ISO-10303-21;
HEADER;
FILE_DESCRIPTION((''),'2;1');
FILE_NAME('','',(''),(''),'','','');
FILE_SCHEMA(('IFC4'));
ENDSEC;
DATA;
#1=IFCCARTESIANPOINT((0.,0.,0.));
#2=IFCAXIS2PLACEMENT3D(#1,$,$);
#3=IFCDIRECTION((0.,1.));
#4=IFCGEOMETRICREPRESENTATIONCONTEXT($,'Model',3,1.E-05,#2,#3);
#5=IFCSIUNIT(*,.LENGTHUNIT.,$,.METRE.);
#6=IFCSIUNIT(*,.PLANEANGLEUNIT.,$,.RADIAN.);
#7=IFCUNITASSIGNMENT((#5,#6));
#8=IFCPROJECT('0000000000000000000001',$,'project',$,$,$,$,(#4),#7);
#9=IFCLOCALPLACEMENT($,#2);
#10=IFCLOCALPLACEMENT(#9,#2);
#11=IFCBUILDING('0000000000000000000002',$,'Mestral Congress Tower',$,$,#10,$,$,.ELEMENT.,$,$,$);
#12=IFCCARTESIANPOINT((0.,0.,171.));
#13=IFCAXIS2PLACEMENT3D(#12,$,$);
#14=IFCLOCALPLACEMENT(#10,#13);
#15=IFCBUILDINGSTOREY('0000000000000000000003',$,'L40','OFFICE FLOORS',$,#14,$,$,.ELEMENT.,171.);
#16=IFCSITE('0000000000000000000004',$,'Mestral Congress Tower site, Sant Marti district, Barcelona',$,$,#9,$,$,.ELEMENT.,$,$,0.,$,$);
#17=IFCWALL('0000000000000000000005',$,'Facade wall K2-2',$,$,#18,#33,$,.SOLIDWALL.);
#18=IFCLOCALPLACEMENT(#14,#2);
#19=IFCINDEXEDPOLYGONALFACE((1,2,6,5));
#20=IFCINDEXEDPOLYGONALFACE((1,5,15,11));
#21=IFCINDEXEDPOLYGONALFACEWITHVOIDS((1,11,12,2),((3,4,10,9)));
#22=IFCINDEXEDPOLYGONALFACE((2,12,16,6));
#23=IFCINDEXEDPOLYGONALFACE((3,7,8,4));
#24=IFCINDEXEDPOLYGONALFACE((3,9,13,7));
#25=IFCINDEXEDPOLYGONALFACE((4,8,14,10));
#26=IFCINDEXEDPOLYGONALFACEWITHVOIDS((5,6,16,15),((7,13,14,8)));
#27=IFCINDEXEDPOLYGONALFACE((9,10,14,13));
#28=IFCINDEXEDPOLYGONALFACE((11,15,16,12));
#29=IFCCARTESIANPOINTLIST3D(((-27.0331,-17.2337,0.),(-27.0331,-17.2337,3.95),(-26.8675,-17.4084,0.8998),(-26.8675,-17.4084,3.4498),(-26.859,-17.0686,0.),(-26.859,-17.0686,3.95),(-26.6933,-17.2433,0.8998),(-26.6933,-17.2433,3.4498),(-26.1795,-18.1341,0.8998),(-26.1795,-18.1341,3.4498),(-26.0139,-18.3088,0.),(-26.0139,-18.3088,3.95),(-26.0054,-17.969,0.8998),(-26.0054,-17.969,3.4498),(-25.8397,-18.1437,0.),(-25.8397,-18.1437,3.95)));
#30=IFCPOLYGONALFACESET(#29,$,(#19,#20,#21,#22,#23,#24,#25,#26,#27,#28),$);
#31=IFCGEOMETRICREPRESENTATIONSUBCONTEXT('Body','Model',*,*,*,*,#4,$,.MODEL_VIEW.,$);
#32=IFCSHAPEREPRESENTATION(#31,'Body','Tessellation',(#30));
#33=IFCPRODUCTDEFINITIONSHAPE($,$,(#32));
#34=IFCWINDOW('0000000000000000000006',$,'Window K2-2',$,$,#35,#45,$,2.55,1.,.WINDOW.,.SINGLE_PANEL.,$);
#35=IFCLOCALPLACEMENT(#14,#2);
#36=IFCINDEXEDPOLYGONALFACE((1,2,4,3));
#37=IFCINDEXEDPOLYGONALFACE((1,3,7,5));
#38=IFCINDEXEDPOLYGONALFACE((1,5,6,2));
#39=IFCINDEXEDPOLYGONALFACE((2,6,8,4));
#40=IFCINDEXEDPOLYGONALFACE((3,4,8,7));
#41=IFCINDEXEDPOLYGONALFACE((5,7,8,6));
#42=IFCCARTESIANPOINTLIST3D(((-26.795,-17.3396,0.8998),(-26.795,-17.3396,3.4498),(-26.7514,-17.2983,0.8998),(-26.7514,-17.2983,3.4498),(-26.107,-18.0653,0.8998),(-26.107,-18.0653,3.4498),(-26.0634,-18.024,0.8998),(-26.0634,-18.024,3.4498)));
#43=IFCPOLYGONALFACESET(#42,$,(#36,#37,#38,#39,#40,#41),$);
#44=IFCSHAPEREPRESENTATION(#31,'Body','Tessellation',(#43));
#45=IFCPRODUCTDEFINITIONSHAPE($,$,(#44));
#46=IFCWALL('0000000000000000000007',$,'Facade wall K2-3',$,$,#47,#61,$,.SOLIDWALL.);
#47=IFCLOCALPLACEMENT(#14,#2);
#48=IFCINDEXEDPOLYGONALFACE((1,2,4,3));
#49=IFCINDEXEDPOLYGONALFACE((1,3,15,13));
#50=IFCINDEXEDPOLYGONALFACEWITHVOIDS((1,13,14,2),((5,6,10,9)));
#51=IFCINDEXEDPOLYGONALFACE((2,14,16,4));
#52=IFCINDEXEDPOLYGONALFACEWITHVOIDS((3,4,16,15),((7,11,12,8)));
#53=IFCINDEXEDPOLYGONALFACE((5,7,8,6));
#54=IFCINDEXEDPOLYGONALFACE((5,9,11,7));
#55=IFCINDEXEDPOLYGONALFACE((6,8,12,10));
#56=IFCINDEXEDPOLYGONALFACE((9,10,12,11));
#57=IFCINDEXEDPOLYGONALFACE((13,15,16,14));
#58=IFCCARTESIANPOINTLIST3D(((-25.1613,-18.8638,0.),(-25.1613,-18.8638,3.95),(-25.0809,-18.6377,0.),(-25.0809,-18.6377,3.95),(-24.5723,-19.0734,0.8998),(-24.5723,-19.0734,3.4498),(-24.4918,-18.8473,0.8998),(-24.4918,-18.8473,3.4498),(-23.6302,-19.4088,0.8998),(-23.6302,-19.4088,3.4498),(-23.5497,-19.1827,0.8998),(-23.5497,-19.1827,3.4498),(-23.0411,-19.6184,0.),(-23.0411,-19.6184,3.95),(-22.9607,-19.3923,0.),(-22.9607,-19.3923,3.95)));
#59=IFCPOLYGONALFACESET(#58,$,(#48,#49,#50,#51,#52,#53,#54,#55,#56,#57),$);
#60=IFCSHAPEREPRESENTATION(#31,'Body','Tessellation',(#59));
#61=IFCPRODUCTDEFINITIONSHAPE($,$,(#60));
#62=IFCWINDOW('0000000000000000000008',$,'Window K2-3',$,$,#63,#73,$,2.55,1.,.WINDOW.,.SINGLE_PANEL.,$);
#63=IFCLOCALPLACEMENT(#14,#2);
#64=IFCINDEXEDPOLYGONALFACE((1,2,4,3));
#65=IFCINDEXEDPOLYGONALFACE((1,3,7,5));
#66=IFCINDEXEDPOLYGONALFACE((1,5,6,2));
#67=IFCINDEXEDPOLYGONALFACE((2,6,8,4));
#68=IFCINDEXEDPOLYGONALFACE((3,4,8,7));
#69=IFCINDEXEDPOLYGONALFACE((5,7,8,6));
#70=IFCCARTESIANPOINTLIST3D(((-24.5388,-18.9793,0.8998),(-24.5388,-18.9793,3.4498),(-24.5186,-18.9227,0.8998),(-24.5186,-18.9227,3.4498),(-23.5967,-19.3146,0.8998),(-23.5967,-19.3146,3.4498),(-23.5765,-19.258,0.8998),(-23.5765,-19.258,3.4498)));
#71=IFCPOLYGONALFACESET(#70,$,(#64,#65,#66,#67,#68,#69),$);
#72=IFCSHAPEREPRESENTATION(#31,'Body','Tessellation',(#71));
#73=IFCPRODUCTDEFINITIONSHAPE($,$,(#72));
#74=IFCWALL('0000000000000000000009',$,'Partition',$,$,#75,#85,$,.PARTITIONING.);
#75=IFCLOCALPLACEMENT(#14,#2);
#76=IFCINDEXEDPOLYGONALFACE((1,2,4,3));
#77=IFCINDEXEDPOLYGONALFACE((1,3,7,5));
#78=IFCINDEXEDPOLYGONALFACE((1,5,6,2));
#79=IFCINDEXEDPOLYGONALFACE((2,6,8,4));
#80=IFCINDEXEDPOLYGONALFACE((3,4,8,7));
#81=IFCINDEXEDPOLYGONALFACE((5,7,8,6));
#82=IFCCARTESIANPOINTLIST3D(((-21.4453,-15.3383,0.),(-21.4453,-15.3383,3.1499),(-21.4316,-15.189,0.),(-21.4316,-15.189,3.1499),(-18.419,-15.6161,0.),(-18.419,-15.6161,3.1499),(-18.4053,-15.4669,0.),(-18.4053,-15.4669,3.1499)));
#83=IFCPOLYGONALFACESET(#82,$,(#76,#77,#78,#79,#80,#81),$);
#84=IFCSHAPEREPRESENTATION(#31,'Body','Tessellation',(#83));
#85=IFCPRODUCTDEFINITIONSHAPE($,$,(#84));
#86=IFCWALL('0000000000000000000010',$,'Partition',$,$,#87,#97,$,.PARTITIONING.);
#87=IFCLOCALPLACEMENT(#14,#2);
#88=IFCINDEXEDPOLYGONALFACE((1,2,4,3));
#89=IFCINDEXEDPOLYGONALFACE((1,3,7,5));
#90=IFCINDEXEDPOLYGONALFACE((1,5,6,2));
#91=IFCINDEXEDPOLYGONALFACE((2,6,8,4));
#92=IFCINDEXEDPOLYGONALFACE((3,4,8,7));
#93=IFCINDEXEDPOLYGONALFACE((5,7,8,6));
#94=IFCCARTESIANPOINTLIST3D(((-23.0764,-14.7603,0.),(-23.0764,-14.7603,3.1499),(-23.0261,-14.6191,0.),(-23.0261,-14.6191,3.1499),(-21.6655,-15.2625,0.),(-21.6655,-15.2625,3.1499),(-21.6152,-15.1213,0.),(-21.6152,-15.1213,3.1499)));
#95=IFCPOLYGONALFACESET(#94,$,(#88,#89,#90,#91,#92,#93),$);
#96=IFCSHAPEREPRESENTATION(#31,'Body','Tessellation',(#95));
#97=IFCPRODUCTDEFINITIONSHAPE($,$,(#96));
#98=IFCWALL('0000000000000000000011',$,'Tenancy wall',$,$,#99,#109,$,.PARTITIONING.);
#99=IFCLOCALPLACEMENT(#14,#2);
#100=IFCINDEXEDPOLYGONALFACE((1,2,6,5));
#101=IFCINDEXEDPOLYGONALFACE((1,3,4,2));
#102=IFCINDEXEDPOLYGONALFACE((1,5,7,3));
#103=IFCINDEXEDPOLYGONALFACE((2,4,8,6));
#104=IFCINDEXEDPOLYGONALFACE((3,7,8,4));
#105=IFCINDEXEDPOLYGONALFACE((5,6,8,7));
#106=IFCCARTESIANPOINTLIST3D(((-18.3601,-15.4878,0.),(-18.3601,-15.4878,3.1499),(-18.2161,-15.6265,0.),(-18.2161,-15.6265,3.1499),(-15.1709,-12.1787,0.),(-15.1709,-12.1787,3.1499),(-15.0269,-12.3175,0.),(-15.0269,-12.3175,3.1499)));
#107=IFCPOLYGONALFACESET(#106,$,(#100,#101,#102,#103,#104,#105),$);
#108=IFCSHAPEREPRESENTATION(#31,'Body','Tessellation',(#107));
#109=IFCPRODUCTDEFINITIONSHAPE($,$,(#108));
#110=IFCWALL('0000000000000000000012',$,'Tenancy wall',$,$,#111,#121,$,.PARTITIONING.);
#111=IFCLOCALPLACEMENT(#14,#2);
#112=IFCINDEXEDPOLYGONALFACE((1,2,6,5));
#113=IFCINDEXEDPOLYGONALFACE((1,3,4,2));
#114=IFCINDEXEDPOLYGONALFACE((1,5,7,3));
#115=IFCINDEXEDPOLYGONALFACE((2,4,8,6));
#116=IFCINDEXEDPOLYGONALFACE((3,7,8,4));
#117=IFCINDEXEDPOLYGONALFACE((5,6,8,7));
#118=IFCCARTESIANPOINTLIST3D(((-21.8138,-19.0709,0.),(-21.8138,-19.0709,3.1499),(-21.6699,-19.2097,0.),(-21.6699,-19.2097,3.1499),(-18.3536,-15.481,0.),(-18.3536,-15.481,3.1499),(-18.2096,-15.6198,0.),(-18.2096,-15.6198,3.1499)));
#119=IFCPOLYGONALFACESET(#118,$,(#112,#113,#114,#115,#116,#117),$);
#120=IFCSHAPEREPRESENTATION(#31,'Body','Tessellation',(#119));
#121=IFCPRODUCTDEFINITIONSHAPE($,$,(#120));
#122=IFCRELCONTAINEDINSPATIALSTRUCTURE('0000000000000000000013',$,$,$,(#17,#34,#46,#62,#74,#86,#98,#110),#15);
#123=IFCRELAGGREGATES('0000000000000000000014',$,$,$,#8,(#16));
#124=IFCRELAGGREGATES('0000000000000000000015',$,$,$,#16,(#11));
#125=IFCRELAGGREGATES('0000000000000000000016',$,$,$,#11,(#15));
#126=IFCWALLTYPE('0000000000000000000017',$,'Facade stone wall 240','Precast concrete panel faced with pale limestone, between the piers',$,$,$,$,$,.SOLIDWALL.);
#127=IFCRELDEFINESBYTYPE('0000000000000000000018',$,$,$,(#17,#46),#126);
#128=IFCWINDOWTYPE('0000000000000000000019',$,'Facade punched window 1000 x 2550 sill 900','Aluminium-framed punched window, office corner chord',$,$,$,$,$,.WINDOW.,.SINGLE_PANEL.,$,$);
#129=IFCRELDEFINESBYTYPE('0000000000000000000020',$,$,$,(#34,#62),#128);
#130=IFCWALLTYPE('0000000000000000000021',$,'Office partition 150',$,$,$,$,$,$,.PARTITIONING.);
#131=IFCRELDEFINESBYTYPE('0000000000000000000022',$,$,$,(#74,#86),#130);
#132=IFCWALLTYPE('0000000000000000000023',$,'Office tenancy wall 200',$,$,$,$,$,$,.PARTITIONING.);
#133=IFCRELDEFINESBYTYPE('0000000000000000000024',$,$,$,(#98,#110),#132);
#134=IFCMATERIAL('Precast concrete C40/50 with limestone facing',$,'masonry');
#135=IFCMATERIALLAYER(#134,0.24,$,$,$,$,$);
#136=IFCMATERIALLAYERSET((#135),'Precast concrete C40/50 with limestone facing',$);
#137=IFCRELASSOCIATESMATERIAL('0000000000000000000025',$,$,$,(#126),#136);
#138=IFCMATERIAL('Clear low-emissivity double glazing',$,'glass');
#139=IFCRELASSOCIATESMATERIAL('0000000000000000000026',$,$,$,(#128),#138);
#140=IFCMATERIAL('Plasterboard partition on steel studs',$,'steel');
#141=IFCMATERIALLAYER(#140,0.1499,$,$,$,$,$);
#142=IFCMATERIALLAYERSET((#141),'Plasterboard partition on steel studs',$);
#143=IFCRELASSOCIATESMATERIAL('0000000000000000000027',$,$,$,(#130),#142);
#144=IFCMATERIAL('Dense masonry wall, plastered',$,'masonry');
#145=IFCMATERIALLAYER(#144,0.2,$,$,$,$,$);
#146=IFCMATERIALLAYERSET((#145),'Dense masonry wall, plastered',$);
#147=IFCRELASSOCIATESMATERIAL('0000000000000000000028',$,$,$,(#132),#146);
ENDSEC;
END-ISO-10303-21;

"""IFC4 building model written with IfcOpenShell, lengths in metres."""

from ifc_helpers import new_model, si_unit, direction, frame, frame_2d, origin, place, context, subcontext, project, spatial, rectangle, extrude, material, layer, layer_set, type_object, element, fill, save


model = new_model("IFC4")

# Units and contexts
model_context = context("Model", 3, precision=1e-05, world=origin(), true_north=direction((0.0, 1.0)))
body_context = subcontext(model_context, "Body", "Model", "MODEL_VIEW")
ifc_project = project(units=[si_unit("LENGTHUNIT", "METRE"), si_unit("PLANEANGLEUNIT", "RADIAN")], contexts=[model_context])

# Site, building, storey
site_placement = place(None, origin())
site = spatial("IfcSite", under=ifc_project, at=site_placement, Name="Mestral Congress Tower site, Sant Marti district, Barcelona", CompositionType="ELEMENT", RefElevation=0.0)
building_placement = place(site_placement, origin())
building = spatial("IfcBuilding", under=site, at=building_placement, Name="Mestral Congress Tower", CompositionType="ELEMENT")
storey_placement = place(building_placement, frame((0.0, 0.0, 171.0)))
storey = spatial("IfcBuildingStorey", under=building, at=storey_placement, Name="L40", Description="OFFICE FLOORS", CompositionType="ELEMENT", Elevation=171.0)

# Shared definitions
ifc_material_1 = material(Name="Precast concrete C40/50 with limestone facing", Category="masonry")
ifc_layer_1 = layer(ifc_material_1, 0.24)
ifc_layer_set_1 = layer_set([ifc_layer_1], Name="Precast concrete C40/50 with limestone facing")
wall_type_1 = type_object("IfcWallType", Name="Facade stone wall 240", Description="Precast concrete panel faced with pale limestone, between the piers", PredefinedType="SOLIDWALL", material=ifc_layer_set_1)
ifc_material_2 = material(Name="Clear low-emissivity double glazing", Category="glass")

# Walls, openings, windows
wall_1_placement = place(storey_placement, frame((-26.946, -17.1511, 0.0), z_axis=(0.0, 0.0, 1.0), x_axis=(0.687987, -0.725723, 0.0)))
wall_1 = element("IfcWall", 1, at=wall_1_placement, inside=storey, type_object=wall_type_1, Name="Facade wall K2-2", PredefinedType="SOLIDWALL", context=body_context, shape_type="SweptSolid", body=[
    extrude(rectangle(XDim=1.4814, YDim=0.24, at=frame_2d((0.7407, 0.0))), origin(), (0.0, 0.0, 1.0), 3.95),
])
opening_1_placement = place(wall_1_placement, frame((0.2407, 0.0, 0.8999)))
opening_1 = element("IfcOpeningElement", 2, at=opening_1_placement, cuts=wall_1, PredefinedType="OPENING", context=body_context, shape_type="SweptSolid", body=[
    extrude(rectangle(XDim=1.0, YDim=2.55, at=frame_2d((0.5, 1.2749))), frame((0.0, 0.1299, 0.0), z_axis=(0.0, -1.0, 0.0), x_axis=(1.0, 0.0, 0.0)), (0.0, 0.0, 1.0), 0.26),
])
window_type_1 = type_object("IfcWindowType", Name="Facade punched window 1000 x 2550 sill 900", Description="Aluminium-framed punched window, office corner chord", PartitioningType="SINGLE_PANEL", PredefinedType="WINDOW", material=ifc_material_2)
window_1_placement = place(opening_1_placement, origin())
window_1 = element("IfcWindow", 3, at=window_1_placement, inside=storey, type_object=window_type_1, Name="Window K2-2", OverallHeight=2.55, OverallWidth=1.0, PartitioningType="SINGLE_PANEL", PredefinedType="WINDOW", context=body_context, shape_type="SweptSolid", body=[
    extrude(rectangle(XDim=1.0, YDim=2.55, at=frame_2d((0.5, 1.2749))), frame((0.0, 0.04, 0.0), z_axis=(0.0, -1.0, 0.0), x_axis=(1.0, 0.0, 0.0)), (0.0, 0.0, 1.0), 0.0601),
])
fill(opening_1, window_1)
wall_2_placement = place(storey_placement, frame((-25.1211, -18.7507, 0.0), z_axis=(0.0, 0.0, 1.0), x_axis=(0.9421, -0.335333, 0.0)))
wall_2 = element("IfcWall", 4, at=wall_2_placement, inside=storey, type_object=wall_type_1, Name="Facade wall K2-3", PredefinedType="SOLIDWALL", context=body_context, shape_type="SweptSolid", body=[
    extrude(rectangle(XDim=2.2505, YDim=0.24, at=frame_2d((1.1252, 0.0))), origin(), (0.0, 0.0, 1.0), 3.95),
])
opening_2_placement = place(wall_2_placement, frame((0.6252, 0.0, 0.8999)))
opening_2 = element("IfcOpeningElement", 5, at=opening_2_placement, cuts=wall_2, PredefinedType="OPENING", context=body_context, shape_type="SweptSolid", body=[
    extrude(rectangle(XDim=1.0, YDim=2.55, at=frame_2d((0.5, 1.2749))), frame((0.0, 0.1299, 0.0), z_axis=(0.0, -1.0, 0.0), x_axis=(1.0, 0.0, 0.0)), (0.0, 0.0, 1.0), 0.26),
])
window_2_placement = place(opening_2_placement, origin())
window_2 = element("IfcWindow", 6, at=window_2_placement, inside=storey, type_object=window_type_1, Name="Window K2-3", OverallHeight=2.55, OverallWidth=1.0, PartitioningType="SINGLE_PANEL", PredefinedType="WINDOW", context=body_context, shape_type="SweptSolid", body=[
    extrude(rectangle(XDim=1.0, YDim=2.55, at=frame_2d((0.5, 1.2749))), frame((0.0, 0.04, 0.0), z_axis=(0.0, -1.0, 0.0), x_axis=(1.0, 0.0, 0.0)), (0.0, 0.0, 1.0), 0.0601),
])
fill(opening_2, window_2)

# Walls
ifc_material_3 = material(Name="Plasterboard partition on steel studs", Category="steel")
ifc_layer_2 = layer(ifc_material_3, 0.1499)
ifc_layer_set_2 = layer_set([ifc_layer_2], Name="Plasterboard partition on steel studs")
wall_type_2 = type_object("IfcWallType", Name="Office partition 150", PredefinedType="PARTITIONING", material=ifc_layer_set_2)
wall_3_placement = place(storey_placement, frame((-18.4121, -15.5415, 0.0), z_axis=(0.0, 0.0, 1.0), x_axis=(-0.995812, 0.091419, 0.0)))
element("IfcWall", 7, at=wall_3_placement, inside=storey, type_object=wall_type_2, Name="Partition", PredefinedType="PARTITIONING", context=body_context, shape_type="SweptSolid", body=[
    extrude(rectangle(XDim=3.0391, YDim=0.1499, at=frame_2d((1.5195, 0.0))), origin(), (0.0, 0.0, 1.0), 3.1499),
])
wall_4_placement = place(storey_placement, frame((-21.6404, -15.1919, 0.0), z_axis=(0.0, 0.0, 1.0), x_axis=(-0.942099, 0.335334, 0.0)))
element("IfcWall", 8, at=wall_4_placement, inside=storey, type_object=wall_type_2, Name="Partition", PredefinedType="PARTITIONING", context=body_context, shape_type="SweptSolid", body=[
    extrude(rectangle(XDim=1.4976, YDim=0.1499, at=frame_2d((0.7488, 0.0))), origin(), (0.0, 0.0, 1.0), 3.1499),
])
ifc_material_4 = material(Name="Dense masonry wall, plastered", Category="masonry")
ifc_layer_3 = layer(ifc_material_4, 0.2)
ifc_layer_set_3 = layer_set([ifc_layer_3], Name="Dense masonry wall, plastered")
wall_type_3 = type_object("IfcWallType", Name="Office tenancy wall 200", PredefinedType="PARTITIONING", material=ifc_layer_set_3)
wall_5_placement = place(storey_placement, frame((-18.2881, -15.5571, 0.0), z_axis=(0.0, 0.0, 1.0), x_axis=(0.693945, 0.720028, 0.0)))
element("IfcWall", 9, at=wall_5_placement, inside=storey, type_object=wall_type_3, Name="Tenancy wall", PredefinedType="PARTITIONING", context=body_context, shape_type="SweptSolid", body=[
    extrude(rectangle(XDim=4.5957, YDim=0.2, at=frame_2d((2.2979, 0.0))), origin(), (0.0, 0.0, 1.0), 3.1499),
])
wall_6_placement = place(storey_placement, frame((-21.7419, -19.1404, 0.0), z_axis=(0.0, 0.0, 1.0), x_axis=(0.693987, 0.719988, 0.0)))
element("IfcWall", 10, at=wall_6_placement, inside=storey, type_object=wall_type_3, Name="Tenancy wall", PredefinedType="PARTITIONING", context=body_context, shape_type="SweptSolid", body=[
    extrude(rectangle(XDim=4.9861, YDim=0.2, at=frame_2d((2.4932, 0.0))), origin(), (0.0, 0.0, 1.0), 3.1499),
])

save(model, "model.ifc")
